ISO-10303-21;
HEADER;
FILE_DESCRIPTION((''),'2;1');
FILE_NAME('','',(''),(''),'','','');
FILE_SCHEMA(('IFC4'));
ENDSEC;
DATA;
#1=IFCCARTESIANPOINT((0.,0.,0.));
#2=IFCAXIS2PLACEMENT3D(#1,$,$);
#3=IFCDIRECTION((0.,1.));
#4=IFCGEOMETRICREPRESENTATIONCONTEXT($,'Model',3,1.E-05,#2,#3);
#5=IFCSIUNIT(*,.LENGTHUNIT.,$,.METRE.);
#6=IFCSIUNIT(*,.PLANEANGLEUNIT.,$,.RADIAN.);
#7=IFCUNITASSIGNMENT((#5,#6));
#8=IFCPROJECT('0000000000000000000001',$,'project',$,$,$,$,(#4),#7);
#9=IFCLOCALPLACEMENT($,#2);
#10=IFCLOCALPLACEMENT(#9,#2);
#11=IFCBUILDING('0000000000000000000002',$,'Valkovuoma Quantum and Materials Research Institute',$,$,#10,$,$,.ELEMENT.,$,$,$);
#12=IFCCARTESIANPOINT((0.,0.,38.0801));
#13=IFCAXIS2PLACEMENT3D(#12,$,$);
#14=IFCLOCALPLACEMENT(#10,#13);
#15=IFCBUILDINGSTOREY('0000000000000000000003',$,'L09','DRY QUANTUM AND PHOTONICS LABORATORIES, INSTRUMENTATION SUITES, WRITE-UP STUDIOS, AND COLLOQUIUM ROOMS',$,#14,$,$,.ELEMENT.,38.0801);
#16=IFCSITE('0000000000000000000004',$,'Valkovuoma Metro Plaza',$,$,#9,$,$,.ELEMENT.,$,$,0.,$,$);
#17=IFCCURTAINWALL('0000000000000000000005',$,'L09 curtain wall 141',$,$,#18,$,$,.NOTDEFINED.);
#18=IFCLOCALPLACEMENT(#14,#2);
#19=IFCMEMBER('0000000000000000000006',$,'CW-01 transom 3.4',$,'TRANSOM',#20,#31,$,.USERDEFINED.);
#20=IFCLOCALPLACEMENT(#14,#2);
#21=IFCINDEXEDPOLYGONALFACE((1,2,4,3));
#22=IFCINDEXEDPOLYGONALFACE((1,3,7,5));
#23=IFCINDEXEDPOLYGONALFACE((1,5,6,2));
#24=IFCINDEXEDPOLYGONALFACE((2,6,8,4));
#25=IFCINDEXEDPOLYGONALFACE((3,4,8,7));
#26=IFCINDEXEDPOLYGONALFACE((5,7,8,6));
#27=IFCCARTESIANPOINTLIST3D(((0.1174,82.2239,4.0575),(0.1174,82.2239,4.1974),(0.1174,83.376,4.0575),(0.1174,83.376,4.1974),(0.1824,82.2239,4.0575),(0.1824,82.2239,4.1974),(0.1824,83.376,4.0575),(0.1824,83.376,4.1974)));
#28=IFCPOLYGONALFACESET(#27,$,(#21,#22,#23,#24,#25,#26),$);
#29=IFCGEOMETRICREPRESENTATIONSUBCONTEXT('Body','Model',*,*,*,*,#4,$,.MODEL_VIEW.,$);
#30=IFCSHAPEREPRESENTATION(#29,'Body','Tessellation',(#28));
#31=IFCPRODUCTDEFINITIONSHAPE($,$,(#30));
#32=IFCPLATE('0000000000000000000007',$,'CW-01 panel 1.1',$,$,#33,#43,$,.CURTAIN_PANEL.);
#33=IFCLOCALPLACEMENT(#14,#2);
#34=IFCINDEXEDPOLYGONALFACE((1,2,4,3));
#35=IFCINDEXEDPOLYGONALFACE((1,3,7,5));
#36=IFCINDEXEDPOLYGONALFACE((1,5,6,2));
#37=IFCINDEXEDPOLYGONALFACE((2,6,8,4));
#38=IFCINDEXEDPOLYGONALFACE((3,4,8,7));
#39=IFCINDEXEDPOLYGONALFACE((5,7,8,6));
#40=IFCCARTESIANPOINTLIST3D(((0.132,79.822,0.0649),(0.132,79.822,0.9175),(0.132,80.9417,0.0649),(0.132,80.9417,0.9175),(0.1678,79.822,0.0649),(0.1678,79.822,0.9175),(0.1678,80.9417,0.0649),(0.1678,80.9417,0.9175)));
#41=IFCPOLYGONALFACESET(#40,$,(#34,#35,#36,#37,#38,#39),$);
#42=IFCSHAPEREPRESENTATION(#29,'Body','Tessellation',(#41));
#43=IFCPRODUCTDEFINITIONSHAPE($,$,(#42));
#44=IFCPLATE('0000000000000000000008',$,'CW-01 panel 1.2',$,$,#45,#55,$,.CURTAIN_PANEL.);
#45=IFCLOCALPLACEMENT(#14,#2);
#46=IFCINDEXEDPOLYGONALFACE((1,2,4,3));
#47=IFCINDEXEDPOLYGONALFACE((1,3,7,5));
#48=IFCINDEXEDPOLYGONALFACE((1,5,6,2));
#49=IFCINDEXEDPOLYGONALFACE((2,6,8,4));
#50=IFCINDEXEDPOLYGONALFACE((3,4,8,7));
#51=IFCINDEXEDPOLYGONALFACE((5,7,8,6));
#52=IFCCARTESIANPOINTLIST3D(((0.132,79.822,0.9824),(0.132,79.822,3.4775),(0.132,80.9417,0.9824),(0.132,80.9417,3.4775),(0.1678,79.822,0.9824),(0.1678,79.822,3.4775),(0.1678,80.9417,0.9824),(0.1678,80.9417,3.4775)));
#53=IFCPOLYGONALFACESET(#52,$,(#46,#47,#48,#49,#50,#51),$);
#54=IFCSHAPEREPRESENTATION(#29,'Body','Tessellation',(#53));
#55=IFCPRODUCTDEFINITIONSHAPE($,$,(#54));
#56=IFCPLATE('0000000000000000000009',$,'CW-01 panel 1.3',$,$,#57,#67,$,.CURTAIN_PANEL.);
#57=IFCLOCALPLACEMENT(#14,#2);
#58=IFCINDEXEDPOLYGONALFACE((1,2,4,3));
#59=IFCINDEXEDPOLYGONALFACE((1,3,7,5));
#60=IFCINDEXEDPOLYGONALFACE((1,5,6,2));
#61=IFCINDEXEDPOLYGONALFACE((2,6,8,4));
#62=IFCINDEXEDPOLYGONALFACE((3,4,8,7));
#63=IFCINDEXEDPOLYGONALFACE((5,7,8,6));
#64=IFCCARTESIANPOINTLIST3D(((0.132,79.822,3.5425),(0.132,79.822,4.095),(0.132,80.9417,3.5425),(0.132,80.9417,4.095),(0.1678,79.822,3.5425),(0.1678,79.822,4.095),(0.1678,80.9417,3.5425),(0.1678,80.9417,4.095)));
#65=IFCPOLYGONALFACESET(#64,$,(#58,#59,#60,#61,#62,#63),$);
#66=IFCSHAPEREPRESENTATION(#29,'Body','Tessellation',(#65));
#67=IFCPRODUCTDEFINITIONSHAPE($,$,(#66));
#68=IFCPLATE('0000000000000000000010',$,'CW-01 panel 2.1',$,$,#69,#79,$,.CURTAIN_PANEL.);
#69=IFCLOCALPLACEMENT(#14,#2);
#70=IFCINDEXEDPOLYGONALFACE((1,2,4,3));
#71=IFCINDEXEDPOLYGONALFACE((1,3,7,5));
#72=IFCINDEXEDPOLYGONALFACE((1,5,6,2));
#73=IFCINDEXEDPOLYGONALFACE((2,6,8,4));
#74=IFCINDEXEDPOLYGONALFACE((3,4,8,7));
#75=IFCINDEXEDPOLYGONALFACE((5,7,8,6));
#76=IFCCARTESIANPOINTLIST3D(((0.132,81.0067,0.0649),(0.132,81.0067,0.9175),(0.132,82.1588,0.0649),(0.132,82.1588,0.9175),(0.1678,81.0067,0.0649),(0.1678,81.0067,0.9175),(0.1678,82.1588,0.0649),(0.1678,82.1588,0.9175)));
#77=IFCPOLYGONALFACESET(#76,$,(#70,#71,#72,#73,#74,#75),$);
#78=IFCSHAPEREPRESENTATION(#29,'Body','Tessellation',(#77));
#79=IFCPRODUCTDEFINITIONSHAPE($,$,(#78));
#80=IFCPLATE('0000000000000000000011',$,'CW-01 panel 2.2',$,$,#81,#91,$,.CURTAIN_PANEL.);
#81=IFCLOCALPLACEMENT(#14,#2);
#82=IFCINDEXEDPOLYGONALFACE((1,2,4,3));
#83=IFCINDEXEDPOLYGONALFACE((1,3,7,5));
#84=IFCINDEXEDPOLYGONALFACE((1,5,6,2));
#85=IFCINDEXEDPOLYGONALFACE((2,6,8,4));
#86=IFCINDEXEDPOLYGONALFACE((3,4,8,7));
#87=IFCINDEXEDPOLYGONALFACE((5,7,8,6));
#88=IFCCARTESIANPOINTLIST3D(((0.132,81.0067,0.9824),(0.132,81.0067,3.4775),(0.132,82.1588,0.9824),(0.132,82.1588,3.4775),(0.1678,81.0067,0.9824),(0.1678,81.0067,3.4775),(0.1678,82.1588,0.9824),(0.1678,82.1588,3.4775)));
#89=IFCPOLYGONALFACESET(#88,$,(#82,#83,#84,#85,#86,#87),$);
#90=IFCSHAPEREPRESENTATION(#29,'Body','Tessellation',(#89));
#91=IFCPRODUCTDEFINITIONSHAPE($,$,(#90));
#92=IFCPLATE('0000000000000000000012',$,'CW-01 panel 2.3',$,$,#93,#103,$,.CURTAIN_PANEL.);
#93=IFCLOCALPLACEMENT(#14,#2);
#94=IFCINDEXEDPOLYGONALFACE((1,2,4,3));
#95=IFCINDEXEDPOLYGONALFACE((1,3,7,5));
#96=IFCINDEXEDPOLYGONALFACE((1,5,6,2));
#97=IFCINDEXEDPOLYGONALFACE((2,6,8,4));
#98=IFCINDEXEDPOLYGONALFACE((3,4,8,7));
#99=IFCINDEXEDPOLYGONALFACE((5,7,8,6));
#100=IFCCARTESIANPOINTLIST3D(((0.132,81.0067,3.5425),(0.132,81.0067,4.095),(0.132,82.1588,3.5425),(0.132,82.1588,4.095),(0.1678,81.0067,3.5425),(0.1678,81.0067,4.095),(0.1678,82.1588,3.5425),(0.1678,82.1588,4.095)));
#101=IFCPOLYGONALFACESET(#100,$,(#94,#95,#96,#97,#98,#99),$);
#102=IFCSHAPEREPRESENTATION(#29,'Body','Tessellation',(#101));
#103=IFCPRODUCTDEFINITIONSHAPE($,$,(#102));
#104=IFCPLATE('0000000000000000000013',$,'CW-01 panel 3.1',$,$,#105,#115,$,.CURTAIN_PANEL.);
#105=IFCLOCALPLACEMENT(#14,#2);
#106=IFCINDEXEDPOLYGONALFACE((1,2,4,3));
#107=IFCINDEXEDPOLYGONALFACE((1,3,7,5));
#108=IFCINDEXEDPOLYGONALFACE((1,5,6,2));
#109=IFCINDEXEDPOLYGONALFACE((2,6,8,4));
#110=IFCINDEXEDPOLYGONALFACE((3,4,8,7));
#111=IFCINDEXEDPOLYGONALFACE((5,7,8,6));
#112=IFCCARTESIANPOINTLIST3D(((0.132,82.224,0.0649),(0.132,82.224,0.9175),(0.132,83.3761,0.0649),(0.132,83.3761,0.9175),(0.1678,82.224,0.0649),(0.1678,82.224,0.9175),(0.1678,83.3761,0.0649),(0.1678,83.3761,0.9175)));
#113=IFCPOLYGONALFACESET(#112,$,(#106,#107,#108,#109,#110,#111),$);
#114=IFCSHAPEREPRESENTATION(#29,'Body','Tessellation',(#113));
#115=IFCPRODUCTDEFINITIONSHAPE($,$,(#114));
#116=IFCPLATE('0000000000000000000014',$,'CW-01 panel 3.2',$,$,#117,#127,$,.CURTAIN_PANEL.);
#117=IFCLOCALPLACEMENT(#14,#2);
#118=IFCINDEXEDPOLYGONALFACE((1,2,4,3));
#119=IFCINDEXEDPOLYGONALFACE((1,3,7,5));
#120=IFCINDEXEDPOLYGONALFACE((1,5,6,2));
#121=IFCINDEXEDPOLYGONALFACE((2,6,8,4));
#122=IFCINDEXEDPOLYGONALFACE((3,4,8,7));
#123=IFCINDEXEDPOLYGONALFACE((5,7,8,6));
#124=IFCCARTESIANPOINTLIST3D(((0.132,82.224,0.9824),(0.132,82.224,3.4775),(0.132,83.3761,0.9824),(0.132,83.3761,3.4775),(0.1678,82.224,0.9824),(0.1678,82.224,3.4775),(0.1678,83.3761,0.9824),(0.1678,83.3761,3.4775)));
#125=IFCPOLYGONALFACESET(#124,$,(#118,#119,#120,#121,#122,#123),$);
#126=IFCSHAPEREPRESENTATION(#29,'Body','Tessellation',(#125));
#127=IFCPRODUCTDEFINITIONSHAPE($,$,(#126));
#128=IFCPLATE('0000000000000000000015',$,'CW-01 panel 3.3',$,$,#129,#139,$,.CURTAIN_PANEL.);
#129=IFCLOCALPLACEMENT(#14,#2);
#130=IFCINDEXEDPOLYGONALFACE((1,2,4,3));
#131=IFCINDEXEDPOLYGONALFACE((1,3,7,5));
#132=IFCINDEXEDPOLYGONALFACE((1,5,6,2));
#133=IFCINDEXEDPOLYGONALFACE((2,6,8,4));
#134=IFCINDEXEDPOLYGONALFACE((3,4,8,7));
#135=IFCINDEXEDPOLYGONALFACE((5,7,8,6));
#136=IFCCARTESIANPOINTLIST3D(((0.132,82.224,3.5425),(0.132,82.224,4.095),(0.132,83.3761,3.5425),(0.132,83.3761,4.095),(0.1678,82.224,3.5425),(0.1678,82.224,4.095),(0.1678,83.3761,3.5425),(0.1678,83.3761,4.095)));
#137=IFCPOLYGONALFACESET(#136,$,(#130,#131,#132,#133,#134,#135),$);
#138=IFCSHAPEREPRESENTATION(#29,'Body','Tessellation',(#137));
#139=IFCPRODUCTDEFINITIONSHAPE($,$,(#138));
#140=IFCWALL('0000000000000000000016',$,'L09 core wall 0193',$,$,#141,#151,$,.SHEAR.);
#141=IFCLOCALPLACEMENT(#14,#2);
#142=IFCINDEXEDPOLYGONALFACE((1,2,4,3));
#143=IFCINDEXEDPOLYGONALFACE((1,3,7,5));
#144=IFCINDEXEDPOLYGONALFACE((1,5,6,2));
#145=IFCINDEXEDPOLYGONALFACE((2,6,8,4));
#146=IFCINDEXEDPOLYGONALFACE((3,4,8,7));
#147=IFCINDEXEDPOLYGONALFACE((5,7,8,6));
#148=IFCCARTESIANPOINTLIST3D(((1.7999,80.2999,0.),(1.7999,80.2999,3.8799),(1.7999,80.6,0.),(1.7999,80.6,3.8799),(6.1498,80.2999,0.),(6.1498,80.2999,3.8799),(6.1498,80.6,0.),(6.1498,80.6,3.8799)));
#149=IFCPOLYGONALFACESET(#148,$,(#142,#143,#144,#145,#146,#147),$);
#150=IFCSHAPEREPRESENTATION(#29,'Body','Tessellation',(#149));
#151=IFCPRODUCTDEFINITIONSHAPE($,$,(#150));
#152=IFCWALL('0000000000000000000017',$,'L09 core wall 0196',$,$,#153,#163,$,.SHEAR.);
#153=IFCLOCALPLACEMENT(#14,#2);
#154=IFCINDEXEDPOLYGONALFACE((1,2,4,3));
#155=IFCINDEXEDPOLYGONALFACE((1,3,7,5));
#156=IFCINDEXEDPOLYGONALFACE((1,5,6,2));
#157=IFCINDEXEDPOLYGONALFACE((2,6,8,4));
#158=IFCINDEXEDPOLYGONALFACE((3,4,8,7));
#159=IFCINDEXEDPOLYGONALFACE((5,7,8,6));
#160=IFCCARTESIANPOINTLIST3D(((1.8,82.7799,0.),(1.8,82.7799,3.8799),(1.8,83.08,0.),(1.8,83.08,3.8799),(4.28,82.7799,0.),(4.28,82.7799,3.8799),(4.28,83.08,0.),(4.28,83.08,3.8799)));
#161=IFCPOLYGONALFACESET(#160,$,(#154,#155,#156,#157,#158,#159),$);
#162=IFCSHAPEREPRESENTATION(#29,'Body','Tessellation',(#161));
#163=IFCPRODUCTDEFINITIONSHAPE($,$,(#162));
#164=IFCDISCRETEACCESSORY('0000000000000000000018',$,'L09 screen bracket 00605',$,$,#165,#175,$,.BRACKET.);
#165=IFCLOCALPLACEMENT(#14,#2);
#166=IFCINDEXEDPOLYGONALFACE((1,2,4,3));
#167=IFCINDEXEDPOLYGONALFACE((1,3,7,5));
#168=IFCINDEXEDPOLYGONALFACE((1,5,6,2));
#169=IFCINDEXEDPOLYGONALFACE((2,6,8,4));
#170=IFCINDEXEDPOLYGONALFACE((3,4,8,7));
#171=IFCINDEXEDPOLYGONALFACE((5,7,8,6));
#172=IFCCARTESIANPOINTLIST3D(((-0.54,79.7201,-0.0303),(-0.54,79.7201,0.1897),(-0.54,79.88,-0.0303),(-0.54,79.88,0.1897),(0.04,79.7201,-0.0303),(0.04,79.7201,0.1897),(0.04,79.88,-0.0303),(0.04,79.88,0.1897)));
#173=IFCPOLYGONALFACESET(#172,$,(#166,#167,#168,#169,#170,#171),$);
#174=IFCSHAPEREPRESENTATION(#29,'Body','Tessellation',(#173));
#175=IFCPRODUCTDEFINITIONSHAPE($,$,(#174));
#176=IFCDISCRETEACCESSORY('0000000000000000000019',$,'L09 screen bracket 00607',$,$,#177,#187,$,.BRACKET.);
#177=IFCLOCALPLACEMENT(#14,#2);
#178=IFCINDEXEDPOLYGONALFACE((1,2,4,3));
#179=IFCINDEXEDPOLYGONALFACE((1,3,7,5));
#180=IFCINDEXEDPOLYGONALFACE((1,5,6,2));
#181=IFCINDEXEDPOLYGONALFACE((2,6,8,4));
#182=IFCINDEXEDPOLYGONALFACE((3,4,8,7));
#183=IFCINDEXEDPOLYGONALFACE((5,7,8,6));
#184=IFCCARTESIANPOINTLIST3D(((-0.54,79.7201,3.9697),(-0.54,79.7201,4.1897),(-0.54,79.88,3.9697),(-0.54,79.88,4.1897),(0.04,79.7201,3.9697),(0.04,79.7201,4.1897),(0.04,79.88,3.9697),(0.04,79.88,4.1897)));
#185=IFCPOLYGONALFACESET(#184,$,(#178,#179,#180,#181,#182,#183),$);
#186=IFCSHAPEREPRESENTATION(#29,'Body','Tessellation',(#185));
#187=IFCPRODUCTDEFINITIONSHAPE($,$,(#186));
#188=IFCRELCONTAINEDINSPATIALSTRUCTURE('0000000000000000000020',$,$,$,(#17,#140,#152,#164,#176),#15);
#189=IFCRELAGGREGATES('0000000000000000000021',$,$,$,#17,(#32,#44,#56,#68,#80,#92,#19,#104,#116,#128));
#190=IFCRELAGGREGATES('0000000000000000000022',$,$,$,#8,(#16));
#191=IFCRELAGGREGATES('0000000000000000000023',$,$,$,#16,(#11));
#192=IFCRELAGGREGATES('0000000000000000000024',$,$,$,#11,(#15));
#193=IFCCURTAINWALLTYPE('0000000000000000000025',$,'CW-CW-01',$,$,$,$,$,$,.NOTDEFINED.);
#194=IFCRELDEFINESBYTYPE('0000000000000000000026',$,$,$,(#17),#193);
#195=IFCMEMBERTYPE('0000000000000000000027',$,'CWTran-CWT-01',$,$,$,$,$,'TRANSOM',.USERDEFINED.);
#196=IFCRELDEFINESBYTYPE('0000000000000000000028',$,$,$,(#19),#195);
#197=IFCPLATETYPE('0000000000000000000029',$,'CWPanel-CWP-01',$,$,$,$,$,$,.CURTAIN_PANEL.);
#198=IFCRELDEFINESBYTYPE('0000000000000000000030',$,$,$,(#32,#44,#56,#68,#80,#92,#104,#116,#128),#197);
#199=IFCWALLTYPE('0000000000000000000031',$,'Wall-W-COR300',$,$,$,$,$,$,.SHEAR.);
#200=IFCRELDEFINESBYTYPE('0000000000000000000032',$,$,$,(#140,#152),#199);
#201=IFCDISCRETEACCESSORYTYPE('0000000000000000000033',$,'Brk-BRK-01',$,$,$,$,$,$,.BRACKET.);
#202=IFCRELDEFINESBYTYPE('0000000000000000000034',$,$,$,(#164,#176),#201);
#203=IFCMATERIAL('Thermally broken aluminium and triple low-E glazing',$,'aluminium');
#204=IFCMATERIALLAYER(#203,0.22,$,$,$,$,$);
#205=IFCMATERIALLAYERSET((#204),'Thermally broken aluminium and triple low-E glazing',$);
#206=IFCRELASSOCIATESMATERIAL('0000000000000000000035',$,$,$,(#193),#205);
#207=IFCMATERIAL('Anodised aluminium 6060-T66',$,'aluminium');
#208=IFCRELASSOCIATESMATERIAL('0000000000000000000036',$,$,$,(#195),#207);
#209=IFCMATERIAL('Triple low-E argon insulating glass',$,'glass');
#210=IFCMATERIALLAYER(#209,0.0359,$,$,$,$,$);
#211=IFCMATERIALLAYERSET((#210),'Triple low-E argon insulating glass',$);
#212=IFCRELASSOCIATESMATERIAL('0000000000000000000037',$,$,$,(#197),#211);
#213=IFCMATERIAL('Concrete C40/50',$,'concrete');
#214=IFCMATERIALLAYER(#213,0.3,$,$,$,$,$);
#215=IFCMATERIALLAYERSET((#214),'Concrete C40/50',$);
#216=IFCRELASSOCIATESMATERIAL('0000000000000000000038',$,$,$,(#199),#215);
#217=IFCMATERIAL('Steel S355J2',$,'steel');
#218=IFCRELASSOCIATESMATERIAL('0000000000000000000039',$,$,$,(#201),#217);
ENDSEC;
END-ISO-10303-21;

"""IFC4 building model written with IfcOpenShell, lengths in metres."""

from ifc_helpers import new_model, si_unit, direction, frame, frame_2d, origin, origin_2d, place, context, subcontext, project, spatial, rectangle, extrude, material, layer, layer_set, material_profile, profile_set, type_object, element, aggregate, save


model = new_model("IFC4")

# Units and contexts
model_context = context("Model", 3, precision=1e-05, world=origin(), true_north=direction((0.0, 1.0)))
body_context = subcontext(model_context, "Body", "Model", "MODEL_VIEW")
ifc_project = project(units=[si_unit("LENGTHUNIT", "METRE"), si_unit("PLANEANGLEUNIT", "RADIAN")], contexts=[model_context])

# Site, building, storey
site_placement = place(None, origin())
site = spatial("IfcSite", under=ifc_project, at=site_placement, Name="Valkovuoma Metro Plaza", CompositionType="ELEMENT", RefElevation=0.0)
building_placement = place(site_placement, origin())
building = spatial("IfcBuilding", under=site, at=building_placement, Name="Valkovuoma Quantum and Materials Research Institute", CompositionType="ELEMENT")
storey_placement = place(building_placement, frame((0.0, 0.0, 38.0801)))
storey = spatial("IfcBuildingStorey", under=building, at=storey_placement, Name="L09", Description="DRY QUANTUM AND PHOTONICS LABORATORIES, INSTRUMENTATION SUITES, WRITE-UP STUDIOS, AND COLLOQUIUM ROOMS", CompositionType="ELEMENT", Elevation=38.0801)

# Curtain wall, member, plates
ifc_material_1 = material(Name="Thermally broken aluminium and triple low-E glazing", Category="aluminium")
ifc_layer_1 = layer(ifc_material_1, 0.22)
ifc_layer_set_1 = layer_set([ifc_layer_1], Name="Thermally broken aluminium and triple low-E glazing")
curtain_wall_type = type_object("IfcCurtainWallType", Name="CW-CW-01", PredefinedType="NOTDEFINED", material=ifc_layer_set_1)
curtain_wall_placement = place(storey_placement, origin())
curtain_wall = element("IfcCurtainWall", 1, at=curtain_wall_placement, inside=storey, type_object=curtain_wall_type, Name="L09 curtain wall 141", PredefinedType="NOTDEFINED")
ifc_material_2 = material(Name="Anodised aluminium 6060-T66", Category="aluminium")
ifc_material_profile_1 = material_profile(ifc_material_2, rectangle(XDim=0.0649, YDim=0.1399, at=origin_2d()), Name="Anodised aluminium 6060-T66")
ifc_profile_set_1 = profile_set([ifc_material_profile_1], Name="Anodised aluminium 6060-T66")
member_type_1 = type_object("IfcMemberType", Name="CWTran-CWT-01", ElementType="TRANSOM", PredefinedType="USERDEFINED", material=ifc_profile_set_1)
member_1_placement = place(storey_placement, frame((0.1499, 82.2239, 4.1274), z_axis=(0.0, 1.0, 0.0), x_axis=(-1.0, 0.0, 0.0)))
member_1 = element("IfcMember", 2, at=member_1_placement, type_object=member_type_1, Name="CW-01 transom 3.4", ObjectType="TRANSOM", PredefinedType="USERDEFINED", context=body_context, shape_type="SweptSolid", body=[
    extrude(rectangle(XDim=0.0649, YDim=0.1399, at=origin_2d()), origin(), (0.0, 0.0, 1.0), 1.1521),
])
ifc_material_3 = material(Name="Triple low-E argon insulating glass", Category="glass")
ifc_layer_2 = layer(ifc_material_3, 0.0359)
ifc_layer_set_2 = layer_set([ifc_layer_2], Name="Triple low-E argon insulating glass")
plate_type = type_object("IfcPlateType", Name="CWPanel-CWP-01", PredefinedType="CURTAIN_PANEL", material=ifc_layer_set_2)
plate_1_placement = place(storey_placement, frame((0.1499, 80.3818, 0.0649), z_axis=(0.0, 0.0, 1.0), x_axis=(0.0, 1.0, 0.0)))
plate_1 = element("IfcPlate", 3, at=plate_1_placement, type_object=plate_type, Name="CW-01 panel 1.1", PredefinedType="CURTAIN_PANEL", context=body_context, shape_type="SweptSolid", body=[
    extrude(rectangle(XDim=1.1196, YDim=0.0359, at=origin_2d()), origin(), (0.0, 0.0, 1.0), 0.8525),
])
plate_2_placement = place(storey_placement, frame((0.1499, 80.3818, 0.9824), z_axis=(0.0, 0.0, 1.0), x_axis=(0.0, 1.0, 0.0)))
plate_2 = element("IfcPlate", 4, at=plate_2_placement, type_object=plate_type, Name="CW-01 panel 1.2", PredefinedType="CURTAIN_PANEL", context=body_context, shape_type="SweptSolid", body=[
    extrude(rectangle(XDim=1.1196, YDim=0.0359, at=origin_2d()), origin(), (0.0, 0.0, 1.0), 2.4951),
])
plate_3_placement = place(storey_placement, frame((0.1499, 80.3818, 3.5425), z_axis=(0.0, 0.0, 1.0), x_axis=(0.0, 1.0, 0.0)))
plate_3 = element("IfcPlate", 5, at=plate_3_placement, type_object=plate_type, Name="CW-01 panel 1.3", PredefinedType="CURTAIN_PANEL", context=body_context, shape_type="SweptSolid", body=[
    extrude(rectangle(XDim=1.1196, YDim=0.0359, at=origin_2d()), origin(), (0.0, 0.0, 1.0), 0.5525),
])
plate_4_placement = place(storey_placement, frame((0.1499, 81.5828, 0.0649), z_axis=(0.0, 0.0, 1.0), x_axis=(0.0, 1.0, 0.0)))
plate_4 = element("IfcPlate", 6, at=plate_4_placement, type_object=plate_type, Name="CW-01 panel 2.1", PredefinedType="CURTAIN_PANEL", context=body_context, shape_type="SweptSolid", body=[
    extrude(rectangle(XDim=1.1521, YDim=0.0359, at=origin_2d()), origin(), (0.0, 0.0, 1.0), 0.8525),
])
plate_5_placement = place(storey_placement, frame((0.1499, 81.5828, 0.9824), z_axis=(0.0, 0.0, 1.0), x_axis=(0.0, 1.0, 0.0)))
plate_5 = element("IfcPlate", 7, at=plate_5_placement, type_object=plate_type, Name="CW-01 panel 2.2", PredefinedType="CURTAIN_PANEL", context=body_context, shape_type="SweptSolid", body=[
    extrude(rectangle(XDim=1.1521, YDim=0.0359, at=origin_2d()), origin(), (0.0, 0.0, 1.0), 2.4951),
])
plate_6_placement = place(storey_placement, frame((0.1499, 81.5828, 3.5425), z_axis=(0.0, 0.0, 1.0), x_axis=(0.0, 1.0, 0.0)))
plate_6 = element("IfcPlate", 8, at=plate_6_placement, type_object=plate_type, Name="CW-01 panel 2.3", PredefinedType="CURTAIN_PANEL", context=body_context, shape_type="SweptSolid", body=[
    extrude(rectangle(XDim=1.1521, YDim=0.0359, at=origin_2d()), origin(), (0.0, 0.0, 1.0), 0.5525),
])
plate_7_placement = place(storey_placement, frame((0.1499, 82.8, 0.0649), z_axis=(0.0, 0.0, 1.0), x_axis=(0.0, 1.0, 0.0)))
plate_7 = element("IfcPlate", 9, at=plate_7_placement, type_object=plate_type, Name="CW-01 panel 3.1", PredefinedType="CURTAIN_PANEL", context=body_context, shape_type="SweptSolid", body=[
    extrude(rectangle(XDim=1.1521, YDim=0.0359, at=origin_2d()), origin(), (0.0, 0.0, 1.0), 0.8525),
])
plate_8_placement = place(storey_placement, frame((0.1499, 82.8, 0.9824), z_axis=(0.0, 0.0, 1.0), x_axis=(0.0, 1.0, 0.0)))
plate_8 = element("IfcPlate", 10, at=plate_8_placement, type_object=plate_type, Name="CW-01 panel 3.2", PredefinedType="CURTAIN_PANEL", context=body_context, shape_type="SweptSolid", body=[
    extrude(rectangle(XDim=1.1521, YDim=0.0359, at=origin_2d()), origin(), (0.0, 0.0, 1.0), 2.4951),
])
plate_9_placement = place(storey_placement, frame((0.1499, 82.8, 3.5425), z_axis=(0.0, 0.0, 1.0), x_axis=(0.0, 1.0, 0.0)))
plate_9 = element("IfcPlate", 11, at=plate_9_placement, type_object=plate_type, Name="CW-01 panel 3.3", PredefinedType="CURTAIN_PANEL", context=body_context, shape_type="SweptSolid", body=[
    extrude(rectangle(XDim=1.1521, YDim=0.0359, at=origin_2d()), origin(), (0.0, 0.0, 1.0), 0.5525),
])
aggregate(curtain_wall, [plate_1, plate_2, plate_3, plate_4, plate_5, plate_6, member_1, plate_7, plate_8, plate_9])

# Walls
ifc_material_4 = material(Name="Concrete C40/50", Category="concrete")
ifc_layer_3 = layer(ifc_material_4, 0.3)
ifc_layer_set_3 = layer_set([ifc_layer_3], Name="Concrete C40/50")
wall_type = type_object("IfcWallType", Name="Wall-W-COR300", PredefinedType="SHEAR", material=ifc_layer_set_3)
wall_1_placement = place(storey_placement, frame((1.8, 80.45, 0.0), z_axis=(0.0, 0.0, 1.0), x_axis=(1.0, 0.0, 0.0)))
element("IfcWall", 12, at=wall_1_placement, inside=storey, type_object=wall_type, Name="L09 core wall 0193", PredefinedType="SHEAR", context=body_context, shape_type="SweptSolid", body=[
    extrude(rectangle(XDim=4.3499, YDim=0.3, at=frame_2d((2.1748, 0.0))), origin(), (0.0, 0.0, 1.0), 3.8799),
])
wall_2_placement = place(storey_placement, frame((1.8, 82.9299, 0.0), z_axis=(0.0, 0.0, 1.0), x_axis=(1.0, 0.0, 0.0)))
element("IfcWall", 13, at=wall_2_placement, inside=storey, type_object=wall_type, Name="L09 core wall 0196", PredefinedType="SHEAR", context=body_context, shape_type="SweptSolid", body=[
    extrude(rectangle(XDim=2.48, YDim=0.3, at=frame_2d((1.24, 0.0))), origin(), (0.0, 0.0, 1.0), 3.8799),
])

# Discrete accessories
ifc_material_5 = material(Name="Steel S355J2", Category="steel")
discrete_accessory_type = type_object("IfcDiscreteAccessoryType", Name="Brk-BRK-01", PredefinedType="BRACKET", material=ifc_material_5)
for number, where, z_axis, x_axis, name in (
    (14, (-0.25, 79.8, -0.0303), (0.0, 0.0, 1.0), (1.0, 0.0, 0.0), "L09 screen bracket 00605"),
    (15, (-0.25, 79.8, 3.9697), (0.0, 0.0, 1.0), (1.0, 0.0, 0.0), "L09 screen bracket 00607"),
):
    element("IfcDiscreteAccessory", number, at=place(storey_placement, frame(where, z_axis=z_axis, x_axis=x_axis)), inside=storey, type_object=discrete_accessory_type, Name=name, PredefinedType="BRACKET", context=body_context, shape_type="SweptSolid", body=[
        extrude(rectangle(XDim=0.5801, YDim=0.1599, at=origin_2d()), origin(), (0.0, 0.0, 1.0), 0.22),
    ])

save(model, "model.ifc")
